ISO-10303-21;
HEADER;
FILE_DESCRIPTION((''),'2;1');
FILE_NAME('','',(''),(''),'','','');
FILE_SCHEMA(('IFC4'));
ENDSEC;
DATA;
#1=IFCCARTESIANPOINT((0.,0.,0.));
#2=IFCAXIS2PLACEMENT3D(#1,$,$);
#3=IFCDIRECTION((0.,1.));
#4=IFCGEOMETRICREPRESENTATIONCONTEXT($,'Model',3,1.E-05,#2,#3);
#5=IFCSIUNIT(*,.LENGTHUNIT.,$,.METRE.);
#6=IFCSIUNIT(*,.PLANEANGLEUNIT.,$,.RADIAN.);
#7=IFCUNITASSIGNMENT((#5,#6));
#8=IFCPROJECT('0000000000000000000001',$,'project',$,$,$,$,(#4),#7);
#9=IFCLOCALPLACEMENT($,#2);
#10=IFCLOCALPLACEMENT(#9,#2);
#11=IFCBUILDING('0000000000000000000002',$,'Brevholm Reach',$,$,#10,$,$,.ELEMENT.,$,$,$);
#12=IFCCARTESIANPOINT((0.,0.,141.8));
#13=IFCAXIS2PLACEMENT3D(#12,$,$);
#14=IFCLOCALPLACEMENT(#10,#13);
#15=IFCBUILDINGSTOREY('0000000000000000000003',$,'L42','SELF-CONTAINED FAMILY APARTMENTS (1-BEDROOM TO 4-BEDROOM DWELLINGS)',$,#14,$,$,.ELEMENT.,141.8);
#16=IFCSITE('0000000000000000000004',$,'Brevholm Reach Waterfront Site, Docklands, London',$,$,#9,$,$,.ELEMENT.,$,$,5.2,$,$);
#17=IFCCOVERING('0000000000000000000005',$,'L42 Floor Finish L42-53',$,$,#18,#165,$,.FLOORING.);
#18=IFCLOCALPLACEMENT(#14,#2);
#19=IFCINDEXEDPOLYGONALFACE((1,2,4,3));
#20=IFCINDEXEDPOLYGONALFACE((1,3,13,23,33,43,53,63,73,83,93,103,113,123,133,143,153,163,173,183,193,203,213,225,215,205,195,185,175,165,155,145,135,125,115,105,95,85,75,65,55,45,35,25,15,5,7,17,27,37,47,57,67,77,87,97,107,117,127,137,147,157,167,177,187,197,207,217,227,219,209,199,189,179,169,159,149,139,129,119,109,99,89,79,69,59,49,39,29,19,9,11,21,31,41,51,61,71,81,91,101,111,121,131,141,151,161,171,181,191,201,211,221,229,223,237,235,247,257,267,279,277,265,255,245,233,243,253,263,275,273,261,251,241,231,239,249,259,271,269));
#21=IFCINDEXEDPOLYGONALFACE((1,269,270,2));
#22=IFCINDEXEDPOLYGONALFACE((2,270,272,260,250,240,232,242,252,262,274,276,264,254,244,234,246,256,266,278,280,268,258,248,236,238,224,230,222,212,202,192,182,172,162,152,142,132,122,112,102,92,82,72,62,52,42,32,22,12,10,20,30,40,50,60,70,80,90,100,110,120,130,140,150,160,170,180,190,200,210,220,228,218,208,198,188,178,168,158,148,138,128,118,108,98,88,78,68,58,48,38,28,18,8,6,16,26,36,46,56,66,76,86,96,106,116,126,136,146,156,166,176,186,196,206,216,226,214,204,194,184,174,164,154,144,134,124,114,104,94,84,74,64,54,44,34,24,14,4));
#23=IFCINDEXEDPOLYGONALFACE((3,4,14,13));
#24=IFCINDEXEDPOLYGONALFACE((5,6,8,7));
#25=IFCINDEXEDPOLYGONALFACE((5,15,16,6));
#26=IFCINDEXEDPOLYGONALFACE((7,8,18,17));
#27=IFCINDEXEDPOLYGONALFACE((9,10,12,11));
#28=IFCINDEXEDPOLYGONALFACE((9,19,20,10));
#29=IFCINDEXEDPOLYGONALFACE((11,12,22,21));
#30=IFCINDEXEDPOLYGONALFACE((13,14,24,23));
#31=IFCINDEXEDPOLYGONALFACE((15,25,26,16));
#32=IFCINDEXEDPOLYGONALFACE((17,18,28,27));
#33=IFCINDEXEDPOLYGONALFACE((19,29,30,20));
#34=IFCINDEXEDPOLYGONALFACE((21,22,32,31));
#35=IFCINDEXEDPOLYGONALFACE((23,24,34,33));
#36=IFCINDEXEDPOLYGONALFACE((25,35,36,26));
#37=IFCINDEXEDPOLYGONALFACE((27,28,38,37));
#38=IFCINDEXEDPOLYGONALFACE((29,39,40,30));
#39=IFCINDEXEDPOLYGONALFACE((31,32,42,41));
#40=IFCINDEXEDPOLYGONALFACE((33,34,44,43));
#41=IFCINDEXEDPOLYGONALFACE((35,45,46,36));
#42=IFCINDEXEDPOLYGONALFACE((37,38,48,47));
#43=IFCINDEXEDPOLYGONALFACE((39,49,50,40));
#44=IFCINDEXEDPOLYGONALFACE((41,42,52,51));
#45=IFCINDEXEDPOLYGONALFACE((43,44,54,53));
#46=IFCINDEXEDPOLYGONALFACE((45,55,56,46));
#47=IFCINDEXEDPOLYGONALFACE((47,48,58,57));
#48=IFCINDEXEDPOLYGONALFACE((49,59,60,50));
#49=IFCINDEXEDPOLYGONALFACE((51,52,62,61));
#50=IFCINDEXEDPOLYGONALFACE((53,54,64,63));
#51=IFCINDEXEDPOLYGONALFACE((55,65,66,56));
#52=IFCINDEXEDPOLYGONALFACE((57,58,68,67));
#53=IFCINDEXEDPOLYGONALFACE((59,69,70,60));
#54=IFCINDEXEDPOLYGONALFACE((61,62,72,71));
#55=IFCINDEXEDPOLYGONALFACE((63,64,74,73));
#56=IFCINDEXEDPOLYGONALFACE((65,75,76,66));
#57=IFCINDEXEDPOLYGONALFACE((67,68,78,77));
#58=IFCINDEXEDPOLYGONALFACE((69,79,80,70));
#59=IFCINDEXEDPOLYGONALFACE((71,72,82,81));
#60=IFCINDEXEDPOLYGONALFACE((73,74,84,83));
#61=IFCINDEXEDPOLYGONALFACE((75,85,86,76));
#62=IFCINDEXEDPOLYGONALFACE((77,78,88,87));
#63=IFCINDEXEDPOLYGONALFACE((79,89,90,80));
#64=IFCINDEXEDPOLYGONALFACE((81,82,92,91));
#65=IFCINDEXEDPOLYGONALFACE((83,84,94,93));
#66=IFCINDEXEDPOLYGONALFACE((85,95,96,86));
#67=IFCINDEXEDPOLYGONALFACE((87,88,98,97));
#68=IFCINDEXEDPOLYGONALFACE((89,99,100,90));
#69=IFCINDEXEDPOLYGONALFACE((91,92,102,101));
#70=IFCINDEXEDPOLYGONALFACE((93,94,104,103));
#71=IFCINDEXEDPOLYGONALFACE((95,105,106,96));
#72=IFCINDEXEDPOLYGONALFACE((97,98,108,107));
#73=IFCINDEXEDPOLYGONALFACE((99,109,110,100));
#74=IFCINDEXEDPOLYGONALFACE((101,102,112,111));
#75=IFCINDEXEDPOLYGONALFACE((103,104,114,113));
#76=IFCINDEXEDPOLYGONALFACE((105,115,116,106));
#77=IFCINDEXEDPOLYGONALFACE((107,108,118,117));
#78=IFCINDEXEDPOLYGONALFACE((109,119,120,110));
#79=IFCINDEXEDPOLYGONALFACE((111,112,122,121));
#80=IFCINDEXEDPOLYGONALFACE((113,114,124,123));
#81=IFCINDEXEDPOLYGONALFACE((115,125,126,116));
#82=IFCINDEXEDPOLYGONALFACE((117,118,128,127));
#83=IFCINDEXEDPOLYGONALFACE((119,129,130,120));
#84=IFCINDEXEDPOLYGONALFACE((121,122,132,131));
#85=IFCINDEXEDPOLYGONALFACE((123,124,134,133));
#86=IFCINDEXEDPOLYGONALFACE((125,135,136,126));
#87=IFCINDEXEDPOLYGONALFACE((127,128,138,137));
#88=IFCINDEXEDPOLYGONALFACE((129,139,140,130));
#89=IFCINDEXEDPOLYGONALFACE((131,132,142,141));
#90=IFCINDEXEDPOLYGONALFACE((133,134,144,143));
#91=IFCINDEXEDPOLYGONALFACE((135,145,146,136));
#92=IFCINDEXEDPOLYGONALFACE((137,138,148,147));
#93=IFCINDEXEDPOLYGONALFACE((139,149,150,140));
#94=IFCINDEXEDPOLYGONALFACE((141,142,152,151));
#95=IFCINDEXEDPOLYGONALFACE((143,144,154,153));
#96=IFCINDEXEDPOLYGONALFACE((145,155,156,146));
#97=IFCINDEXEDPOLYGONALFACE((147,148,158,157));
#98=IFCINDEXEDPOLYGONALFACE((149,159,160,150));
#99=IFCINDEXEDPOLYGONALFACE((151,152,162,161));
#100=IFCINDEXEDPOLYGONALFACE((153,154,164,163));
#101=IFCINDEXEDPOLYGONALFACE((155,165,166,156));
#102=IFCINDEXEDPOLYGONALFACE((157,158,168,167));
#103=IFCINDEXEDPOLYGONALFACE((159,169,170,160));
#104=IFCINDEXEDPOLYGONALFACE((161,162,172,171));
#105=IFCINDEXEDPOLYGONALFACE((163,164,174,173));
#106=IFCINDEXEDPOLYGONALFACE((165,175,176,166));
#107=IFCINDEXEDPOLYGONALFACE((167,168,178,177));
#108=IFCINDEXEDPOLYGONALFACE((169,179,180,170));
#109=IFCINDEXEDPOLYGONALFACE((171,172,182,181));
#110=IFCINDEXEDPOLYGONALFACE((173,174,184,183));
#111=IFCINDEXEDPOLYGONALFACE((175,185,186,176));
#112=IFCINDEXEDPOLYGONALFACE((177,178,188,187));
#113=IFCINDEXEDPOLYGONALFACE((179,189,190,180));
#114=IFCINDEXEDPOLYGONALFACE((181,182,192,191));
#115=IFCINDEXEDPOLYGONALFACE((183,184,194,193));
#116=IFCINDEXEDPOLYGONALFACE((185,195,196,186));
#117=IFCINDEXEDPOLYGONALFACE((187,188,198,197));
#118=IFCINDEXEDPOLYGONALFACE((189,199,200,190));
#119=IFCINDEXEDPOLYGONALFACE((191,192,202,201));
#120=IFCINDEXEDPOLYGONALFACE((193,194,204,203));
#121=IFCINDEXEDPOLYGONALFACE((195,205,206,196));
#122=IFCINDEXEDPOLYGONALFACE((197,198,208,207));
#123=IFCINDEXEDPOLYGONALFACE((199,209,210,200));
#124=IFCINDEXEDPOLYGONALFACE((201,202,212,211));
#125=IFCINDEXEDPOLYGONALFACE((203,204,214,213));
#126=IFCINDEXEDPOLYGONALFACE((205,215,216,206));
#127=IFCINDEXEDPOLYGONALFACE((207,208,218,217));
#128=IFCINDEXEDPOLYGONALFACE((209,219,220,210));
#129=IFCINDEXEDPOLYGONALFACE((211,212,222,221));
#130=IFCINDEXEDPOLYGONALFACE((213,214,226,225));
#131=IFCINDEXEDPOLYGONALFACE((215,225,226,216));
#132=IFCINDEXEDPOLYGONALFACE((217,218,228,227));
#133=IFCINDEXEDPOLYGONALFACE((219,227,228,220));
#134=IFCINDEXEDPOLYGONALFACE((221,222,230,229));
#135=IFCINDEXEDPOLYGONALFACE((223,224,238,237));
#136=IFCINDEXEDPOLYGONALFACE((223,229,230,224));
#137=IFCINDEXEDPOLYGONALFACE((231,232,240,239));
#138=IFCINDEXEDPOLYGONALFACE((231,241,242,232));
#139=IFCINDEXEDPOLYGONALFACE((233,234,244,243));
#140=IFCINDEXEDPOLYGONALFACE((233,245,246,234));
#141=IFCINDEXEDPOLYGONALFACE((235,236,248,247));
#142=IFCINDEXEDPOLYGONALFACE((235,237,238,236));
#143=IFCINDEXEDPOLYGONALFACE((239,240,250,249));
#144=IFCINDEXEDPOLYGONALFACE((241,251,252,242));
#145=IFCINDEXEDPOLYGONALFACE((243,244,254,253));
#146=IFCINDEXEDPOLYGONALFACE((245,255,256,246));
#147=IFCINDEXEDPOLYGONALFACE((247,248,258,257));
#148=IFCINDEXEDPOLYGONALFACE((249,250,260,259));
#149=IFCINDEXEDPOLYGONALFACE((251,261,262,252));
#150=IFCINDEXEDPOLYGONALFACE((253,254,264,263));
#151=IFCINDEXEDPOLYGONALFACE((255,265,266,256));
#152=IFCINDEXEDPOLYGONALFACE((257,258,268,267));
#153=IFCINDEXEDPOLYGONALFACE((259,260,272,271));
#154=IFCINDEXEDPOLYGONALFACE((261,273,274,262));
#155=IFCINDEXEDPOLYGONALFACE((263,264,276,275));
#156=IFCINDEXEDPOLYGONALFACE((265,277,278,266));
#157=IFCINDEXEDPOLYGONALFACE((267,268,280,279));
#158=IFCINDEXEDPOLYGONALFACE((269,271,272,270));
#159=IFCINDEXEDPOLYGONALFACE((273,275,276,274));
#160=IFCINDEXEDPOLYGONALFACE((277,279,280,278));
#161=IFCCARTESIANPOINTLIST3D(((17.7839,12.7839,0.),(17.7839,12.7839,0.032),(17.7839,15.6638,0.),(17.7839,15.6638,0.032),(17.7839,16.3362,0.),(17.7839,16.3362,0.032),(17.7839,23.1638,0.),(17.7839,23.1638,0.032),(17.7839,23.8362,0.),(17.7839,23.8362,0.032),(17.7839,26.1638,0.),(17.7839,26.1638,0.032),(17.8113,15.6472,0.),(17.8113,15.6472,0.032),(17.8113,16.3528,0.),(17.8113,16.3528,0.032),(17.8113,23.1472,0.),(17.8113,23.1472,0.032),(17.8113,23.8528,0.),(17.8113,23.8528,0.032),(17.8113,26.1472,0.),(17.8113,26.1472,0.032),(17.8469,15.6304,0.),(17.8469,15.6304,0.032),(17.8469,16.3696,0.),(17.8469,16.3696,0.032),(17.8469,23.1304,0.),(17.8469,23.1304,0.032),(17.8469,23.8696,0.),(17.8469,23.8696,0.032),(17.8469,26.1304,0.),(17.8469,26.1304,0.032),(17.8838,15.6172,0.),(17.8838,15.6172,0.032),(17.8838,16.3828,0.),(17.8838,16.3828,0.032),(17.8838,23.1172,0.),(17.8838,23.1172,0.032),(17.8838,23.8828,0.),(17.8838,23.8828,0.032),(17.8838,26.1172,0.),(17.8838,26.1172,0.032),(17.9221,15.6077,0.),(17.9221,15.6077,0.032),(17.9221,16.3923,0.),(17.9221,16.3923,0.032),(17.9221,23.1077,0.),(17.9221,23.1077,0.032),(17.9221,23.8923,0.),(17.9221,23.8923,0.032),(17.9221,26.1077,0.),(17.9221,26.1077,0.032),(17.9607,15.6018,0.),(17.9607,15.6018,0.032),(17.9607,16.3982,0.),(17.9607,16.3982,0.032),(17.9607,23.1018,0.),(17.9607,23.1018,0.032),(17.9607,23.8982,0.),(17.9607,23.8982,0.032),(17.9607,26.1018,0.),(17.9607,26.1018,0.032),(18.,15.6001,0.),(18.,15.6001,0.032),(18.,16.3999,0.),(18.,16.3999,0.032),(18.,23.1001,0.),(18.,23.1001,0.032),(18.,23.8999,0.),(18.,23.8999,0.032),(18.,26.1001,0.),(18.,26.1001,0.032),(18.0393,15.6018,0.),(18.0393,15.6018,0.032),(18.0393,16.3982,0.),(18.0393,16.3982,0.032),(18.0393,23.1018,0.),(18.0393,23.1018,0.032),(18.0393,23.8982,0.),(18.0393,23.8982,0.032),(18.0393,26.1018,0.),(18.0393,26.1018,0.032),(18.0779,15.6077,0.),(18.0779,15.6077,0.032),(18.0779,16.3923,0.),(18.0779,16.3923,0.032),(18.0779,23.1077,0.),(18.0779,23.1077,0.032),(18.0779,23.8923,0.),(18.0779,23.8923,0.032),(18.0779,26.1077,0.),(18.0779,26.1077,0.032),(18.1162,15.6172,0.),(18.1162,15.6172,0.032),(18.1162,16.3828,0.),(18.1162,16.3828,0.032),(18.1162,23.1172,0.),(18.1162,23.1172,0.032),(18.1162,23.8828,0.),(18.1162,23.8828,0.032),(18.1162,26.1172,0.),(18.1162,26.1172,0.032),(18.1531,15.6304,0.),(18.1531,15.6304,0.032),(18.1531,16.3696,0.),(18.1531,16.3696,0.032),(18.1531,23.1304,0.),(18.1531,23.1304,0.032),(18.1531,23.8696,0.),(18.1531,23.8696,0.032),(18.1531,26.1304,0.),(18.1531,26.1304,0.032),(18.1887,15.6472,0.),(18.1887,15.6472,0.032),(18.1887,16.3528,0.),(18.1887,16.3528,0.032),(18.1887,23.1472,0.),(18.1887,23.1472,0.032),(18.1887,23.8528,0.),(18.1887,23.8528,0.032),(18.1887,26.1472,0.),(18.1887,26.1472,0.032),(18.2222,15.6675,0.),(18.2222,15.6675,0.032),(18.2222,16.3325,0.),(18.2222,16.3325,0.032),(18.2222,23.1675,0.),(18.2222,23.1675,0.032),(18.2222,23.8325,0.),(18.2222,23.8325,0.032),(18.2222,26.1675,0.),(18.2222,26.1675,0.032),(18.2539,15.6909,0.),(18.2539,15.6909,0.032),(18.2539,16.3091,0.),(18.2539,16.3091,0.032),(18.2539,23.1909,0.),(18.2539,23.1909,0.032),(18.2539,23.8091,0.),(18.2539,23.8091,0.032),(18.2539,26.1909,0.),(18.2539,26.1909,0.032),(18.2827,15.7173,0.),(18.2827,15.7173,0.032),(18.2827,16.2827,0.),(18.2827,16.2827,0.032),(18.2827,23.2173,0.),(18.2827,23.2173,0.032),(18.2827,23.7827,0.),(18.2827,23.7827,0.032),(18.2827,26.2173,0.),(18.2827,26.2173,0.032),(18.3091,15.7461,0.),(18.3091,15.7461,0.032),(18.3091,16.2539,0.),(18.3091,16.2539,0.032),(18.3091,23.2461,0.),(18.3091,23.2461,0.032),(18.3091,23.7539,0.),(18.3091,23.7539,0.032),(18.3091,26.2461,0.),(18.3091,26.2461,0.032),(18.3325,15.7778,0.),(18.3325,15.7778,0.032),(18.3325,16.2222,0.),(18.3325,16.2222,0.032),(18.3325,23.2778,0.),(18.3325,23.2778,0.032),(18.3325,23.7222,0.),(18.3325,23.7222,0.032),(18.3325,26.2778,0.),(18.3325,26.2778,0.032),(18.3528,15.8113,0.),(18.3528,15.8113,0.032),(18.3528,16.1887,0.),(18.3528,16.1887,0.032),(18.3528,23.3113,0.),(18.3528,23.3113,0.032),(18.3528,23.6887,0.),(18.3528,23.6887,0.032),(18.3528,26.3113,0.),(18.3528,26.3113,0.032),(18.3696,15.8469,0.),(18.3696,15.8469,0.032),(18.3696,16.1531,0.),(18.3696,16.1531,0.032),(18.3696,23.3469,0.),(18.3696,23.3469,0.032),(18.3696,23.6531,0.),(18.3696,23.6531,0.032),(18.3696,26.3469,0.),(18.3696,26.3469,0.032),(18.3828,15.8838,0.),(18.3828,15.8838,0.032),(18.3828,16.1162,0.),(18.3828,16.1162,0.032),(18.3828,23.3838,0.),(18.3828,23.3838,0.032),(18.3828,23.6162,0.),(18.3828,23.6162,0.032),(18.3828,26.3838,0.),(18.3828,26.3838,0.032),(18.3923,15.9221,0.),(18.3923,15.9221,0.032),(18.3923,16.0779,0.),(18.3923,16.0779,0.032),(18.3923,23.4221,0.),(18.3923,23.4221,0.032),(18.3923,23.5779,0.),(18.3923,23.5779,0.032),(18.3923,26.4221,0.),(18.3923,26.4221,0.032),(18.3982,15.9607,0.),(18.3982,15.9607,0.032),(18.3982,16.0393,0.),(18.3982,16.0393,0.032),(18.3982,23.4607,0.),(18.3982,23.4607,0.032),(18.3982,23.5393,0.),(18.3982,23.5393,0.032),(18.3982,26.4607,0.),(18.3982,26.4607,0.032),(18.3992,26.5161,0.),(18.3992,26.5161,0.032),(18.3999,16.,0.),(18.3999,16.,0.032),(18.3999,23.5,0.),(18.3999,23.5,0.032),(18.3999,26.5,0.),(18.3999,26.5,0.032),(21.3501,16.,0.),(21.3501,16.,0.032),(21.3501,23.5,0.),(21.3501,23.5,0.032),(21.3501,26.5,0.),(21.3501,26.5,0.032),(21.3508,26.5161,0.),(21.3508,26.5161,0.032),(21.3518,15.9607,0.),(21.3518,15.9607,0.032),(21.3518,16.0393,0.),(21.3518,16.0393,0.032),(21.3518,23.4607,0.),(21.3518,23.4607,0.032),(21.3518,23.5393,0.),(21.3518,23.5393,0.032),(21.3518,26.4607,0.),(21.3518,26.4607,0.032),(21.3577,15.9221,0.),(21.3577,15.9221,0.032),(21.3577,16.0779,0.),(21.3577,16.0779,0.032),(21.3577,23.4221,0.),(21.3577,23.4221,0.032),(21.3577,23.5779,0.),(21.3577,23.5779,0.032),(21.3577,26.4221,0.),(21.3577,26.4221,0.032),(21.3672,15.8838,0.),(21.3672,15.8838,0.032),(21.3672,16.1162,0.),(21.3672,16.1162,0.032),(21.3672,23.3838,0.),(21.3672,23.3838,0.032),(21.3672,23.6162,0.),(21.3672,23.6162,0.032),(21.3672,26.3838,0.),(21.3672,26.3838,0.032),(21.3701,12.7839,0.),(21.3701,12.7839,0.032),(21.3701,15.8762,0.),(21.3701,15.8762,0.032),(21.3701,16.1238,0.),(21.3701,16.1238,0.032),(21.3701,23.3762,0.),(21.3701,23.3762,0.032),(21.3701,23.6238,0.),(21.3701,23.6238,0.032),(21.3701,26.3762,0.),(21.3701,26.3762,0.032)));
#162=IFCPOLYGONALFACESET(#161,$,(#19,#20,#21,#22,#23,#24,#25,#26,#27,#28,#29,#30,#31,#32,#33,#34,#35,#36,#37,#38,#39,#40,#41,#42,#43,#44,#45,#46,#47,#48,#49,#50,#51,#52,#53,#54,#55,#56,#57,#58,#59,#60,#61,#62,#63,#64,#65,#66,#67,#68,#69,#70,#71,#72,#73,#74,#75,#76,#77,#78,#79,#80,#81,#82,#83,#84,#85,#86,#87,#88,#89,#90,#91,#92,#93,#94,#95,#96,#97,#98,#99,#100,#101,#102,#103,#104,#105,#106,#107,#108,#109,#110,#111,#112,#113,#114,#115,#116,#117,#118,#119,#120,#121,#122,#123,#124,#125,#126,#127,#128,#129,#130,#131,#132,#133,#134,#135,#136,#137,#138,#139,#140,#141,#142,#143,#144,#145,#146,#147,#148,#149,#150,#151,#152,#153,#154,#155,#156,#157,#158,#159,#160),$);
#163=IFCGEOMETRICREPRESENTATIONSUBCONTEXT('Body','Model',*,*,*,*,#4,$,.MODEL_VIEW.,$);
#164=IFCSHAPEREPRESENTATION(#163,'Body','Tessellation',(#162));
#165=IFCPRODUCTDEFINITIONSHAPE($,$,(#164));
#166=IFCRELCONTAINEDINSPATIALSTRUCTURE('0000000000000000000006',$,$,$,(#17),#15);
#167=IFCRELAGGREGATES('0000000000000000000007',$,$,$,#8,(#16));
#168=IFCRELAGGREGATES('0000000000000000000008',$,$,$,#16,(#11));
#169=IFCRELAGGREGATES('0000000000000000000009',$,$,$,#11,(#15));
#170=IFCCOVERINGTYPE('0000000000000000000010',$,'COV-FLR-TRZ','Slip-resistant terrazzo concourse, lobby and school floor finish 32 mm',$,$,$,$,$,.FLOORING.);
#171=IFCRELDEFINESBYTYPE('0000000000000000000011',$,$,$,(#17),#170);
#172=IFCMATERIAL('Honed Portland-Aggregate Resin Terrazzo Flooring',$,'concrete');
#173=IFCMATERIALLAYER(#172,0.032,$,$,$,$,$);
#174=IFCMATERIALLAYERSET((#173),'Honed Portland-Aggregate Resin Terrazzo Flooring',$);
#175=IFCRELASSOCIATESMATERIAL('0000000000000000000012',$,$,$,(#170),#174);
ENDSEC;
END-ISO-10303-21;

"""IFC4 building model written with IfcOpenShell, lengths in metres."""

from ifc_helpers import new_model, si_unit, direction, frame, origin, place, context, subcontext, project, spatial, polyline, outline, extrude, material, layer, layer_set, type_object, element, save


model = new_model("IFC4")

# Units and contexts
model_context = context("Model", 3, precision=1e-05, world=origin(), true_north=direction((0.0, 1.0)))
body_context = subcontext(model_context, "Body", "Model", "MODEL_VIEW")
ifc_project = project(units=[si_unit("LENGTHUNIT", "METRE"), si_unit("PLANEANGLEUNIT", "RADIAN")], contexts=[model_context])

# Site, building, storey
site_placement = place(None, origin())
site = spatial("IfcSite", under=ifc_project, at=site_placement, Name="Brevholm Reach Waterfront Site, Docklands, London", CompositionType="ELEMENT", RefElevation=5.2)
building_placement = place(site_placement, origin())
building = spatial("IfcBuilding", under=site, at=building_placement, Name="Brevholm Reach", CompositionType="ELEMENT")
storey_placement = place(building_placement, frame((0.0, 0.0, 141.8)))
storey = spatial("IfcBuildingStorey", under=building, at=storey_placement, Name="L42", Description="SELF-CONTAINED FAMILY APARTMENTS (1-BEDROOM TO 4-BEDROOM DWELLINGS)", CompositionType="ELEMENT", Elevation=141.8)

# Covering
ifc_material_1 = material(Name="Honed Portland-Aggregate Resin Terrazzo Flooring", Category="concrete")
ifc_layer_1 = layer(ifc_material_1, 0.032)
ifc_layer_set_1 = layer_set([ifc_layer_1], Name="Honed Portland-Aggregate Resin Terrazzo Flooring")
covering_type_1 = type_object("IfcCoveringType", Name="COV-FLR-TRZ", Description="Slip-resistant terrazzo concourse, lobby and school floor finish 32 mm", PredefinedType="FLOORING", material=ifc_layer_set_1)
covering_1_placement = place(storey_placement, origin())
element("IfcCovering", 1, at=covering_1_placement, inside=storey, type_object=covering_type_1, Name="L42 Floor Finish L42-53", PredefinedType="FLOORING", context=body_context, shape_type="SweptSolid", body=[
    extrude(outline(polyline([(21.3701, 23.6238), (21.3672, 23.6162), (21.3577, 23.5779), (21.3518, 23.5393), (21.3501, 23.5), (21.3518, 23.4607), (21.3577, 23.4221), (21.3672, 23.3838), (21.3701, 23.3762), (21.3701, 16.1238), (21.3672, 16.1162), (21.3577, 16.0779), (21.3518, 16.0393), (21.3501, 16.0), (21.3518, 15.9607), (21.3577, 15.9221), (21.3672, 15.8838), (21.3701, 15.8762), (21.3701, 12.7839), (17.7839, 12.7839), (17.7839, 15.6638), (17.8113, 15.6472), (17.8469, 15.6304), (17.8838, 15.6172), (17.9221, 15.6077), (17.9607, 15.6018), (18.0, 15.6001), (18.0393, 15.6018), (18.0779, 15.6077), (18.1162, 15.6172), (18.1531, 15.6304), (18.1887, 15.6472), (18.2222, 15.6675), (18.2539, 15.6909), (18.2827, 15.7173), (18.3091, 15.7461), (18.3325, 15.7778), (18.3528, 15.8113), (18.3696, 15.8469), (18.3828, 15.8838), (18.3923, 15.9221), (18.3982, 15.9607), (18.3999, 16.0), (18.3982, 16.0393), (18.3923, 16.0779), (18.3828, 16.1162), (18.3696, 16.1531), (18.3528, 16.1887), (18.3325, 16.2222), (18.3091, 16.2539), (18.2827, 16.2827), (18.2539, 16.3091), (18.2222, 16.3325), (18.1887, 16.3528), (18.1531, 16.3696), (18.1162, 16.3828), (18.0779, 16.3923), (18.0393, 16.3982), (18.0, 16.3999), (17.9607, 16.3982), (17.9221, 16.3923), (17.8838, 16.3828), (17.8469, 16.3696), (17.8113, 16.3528), (17.7839, 16.3362), (17.7839, 23.1638), (17.8113, 23.1472), (17.8469, 23.1304), (17.8838, 23.1172), (17.9221, 23.1077), (17.9607, 23.1018), (18.0, 23.1001), (18.0393, 23.1018), (18.0779, 23.1077), (18.1162, 23.1172), (18.1531, 23.1304), (18.1887, 23.1472), (18.2222, 23.1675), (18.2539, 23.1909), (18.2827, 23.2173), (18.3091, 23.2461), (18.3325, 23.2778), (18.3528, 23.3113), (18.3696, 23.3469), (18.3828, 23.3838), (18.3923, 23.4221), (18.3982, 23.4607), (18.3999, 23.5), (18.3982, 23.5393), (18.3923, 23.5779), (18.3828, 23.6162), (18.3696, 23.6531), (18.3528, 23.6887), (18.3325, 23.7222), (18.3091, 23.7539), (18.2827, 23.7827), (18.2539, 23.8091), (18.2222, 23.8325), (18.1887, 23.8528), (18.1531, 23.8696), (18.1162, 23.8828), (18.0779, 23.8923), (18.0393, 23.8982), (18.0, 23.8999), (17.9607, 23.8982), (17.9221, 23.8923), (17.8838, 23.8828), (17.8469, 23.8696), (17.8113, 23.8528), (17.7839, 23.8362), (17.7839, 26.1638), (17.8113, 26.1472), (17.8469, 26.1304), (17.8838, 26.1172), (17.9221, 26.1077), (17.9607, 26.1018), (18.0, 26.1001), (18.0393, 26.1018), (18.0779, 26.1077), (18.1162, 26.1172), (18.1531, 26.1304), (18.1887, 26.1472), (18.2222, 26.1675), (18.2539, 26.1909), (18.2827, 26.2173), (18.3091, 26.2461), (18.3325, 26.2778), (18.3528, 26.3113), (18.3696, 26.3469), (18.3828, 26.3838), (18.3923, 26.4221), (18.3982, 26.4607), (18.3999, 26.5), (18.3992, 26.5161), (21.3508, 26.5161), (21.3501, 26.5), (21.3518, 26.4607), (21.3577, 26.4221), (21.3672, 26.3838), (21.3701, 26.3762), (21.3701, 23.6238)])), origin(), (0.0, 0.0, 1.0), 0.032),
])

save(model, "model.ifc")
